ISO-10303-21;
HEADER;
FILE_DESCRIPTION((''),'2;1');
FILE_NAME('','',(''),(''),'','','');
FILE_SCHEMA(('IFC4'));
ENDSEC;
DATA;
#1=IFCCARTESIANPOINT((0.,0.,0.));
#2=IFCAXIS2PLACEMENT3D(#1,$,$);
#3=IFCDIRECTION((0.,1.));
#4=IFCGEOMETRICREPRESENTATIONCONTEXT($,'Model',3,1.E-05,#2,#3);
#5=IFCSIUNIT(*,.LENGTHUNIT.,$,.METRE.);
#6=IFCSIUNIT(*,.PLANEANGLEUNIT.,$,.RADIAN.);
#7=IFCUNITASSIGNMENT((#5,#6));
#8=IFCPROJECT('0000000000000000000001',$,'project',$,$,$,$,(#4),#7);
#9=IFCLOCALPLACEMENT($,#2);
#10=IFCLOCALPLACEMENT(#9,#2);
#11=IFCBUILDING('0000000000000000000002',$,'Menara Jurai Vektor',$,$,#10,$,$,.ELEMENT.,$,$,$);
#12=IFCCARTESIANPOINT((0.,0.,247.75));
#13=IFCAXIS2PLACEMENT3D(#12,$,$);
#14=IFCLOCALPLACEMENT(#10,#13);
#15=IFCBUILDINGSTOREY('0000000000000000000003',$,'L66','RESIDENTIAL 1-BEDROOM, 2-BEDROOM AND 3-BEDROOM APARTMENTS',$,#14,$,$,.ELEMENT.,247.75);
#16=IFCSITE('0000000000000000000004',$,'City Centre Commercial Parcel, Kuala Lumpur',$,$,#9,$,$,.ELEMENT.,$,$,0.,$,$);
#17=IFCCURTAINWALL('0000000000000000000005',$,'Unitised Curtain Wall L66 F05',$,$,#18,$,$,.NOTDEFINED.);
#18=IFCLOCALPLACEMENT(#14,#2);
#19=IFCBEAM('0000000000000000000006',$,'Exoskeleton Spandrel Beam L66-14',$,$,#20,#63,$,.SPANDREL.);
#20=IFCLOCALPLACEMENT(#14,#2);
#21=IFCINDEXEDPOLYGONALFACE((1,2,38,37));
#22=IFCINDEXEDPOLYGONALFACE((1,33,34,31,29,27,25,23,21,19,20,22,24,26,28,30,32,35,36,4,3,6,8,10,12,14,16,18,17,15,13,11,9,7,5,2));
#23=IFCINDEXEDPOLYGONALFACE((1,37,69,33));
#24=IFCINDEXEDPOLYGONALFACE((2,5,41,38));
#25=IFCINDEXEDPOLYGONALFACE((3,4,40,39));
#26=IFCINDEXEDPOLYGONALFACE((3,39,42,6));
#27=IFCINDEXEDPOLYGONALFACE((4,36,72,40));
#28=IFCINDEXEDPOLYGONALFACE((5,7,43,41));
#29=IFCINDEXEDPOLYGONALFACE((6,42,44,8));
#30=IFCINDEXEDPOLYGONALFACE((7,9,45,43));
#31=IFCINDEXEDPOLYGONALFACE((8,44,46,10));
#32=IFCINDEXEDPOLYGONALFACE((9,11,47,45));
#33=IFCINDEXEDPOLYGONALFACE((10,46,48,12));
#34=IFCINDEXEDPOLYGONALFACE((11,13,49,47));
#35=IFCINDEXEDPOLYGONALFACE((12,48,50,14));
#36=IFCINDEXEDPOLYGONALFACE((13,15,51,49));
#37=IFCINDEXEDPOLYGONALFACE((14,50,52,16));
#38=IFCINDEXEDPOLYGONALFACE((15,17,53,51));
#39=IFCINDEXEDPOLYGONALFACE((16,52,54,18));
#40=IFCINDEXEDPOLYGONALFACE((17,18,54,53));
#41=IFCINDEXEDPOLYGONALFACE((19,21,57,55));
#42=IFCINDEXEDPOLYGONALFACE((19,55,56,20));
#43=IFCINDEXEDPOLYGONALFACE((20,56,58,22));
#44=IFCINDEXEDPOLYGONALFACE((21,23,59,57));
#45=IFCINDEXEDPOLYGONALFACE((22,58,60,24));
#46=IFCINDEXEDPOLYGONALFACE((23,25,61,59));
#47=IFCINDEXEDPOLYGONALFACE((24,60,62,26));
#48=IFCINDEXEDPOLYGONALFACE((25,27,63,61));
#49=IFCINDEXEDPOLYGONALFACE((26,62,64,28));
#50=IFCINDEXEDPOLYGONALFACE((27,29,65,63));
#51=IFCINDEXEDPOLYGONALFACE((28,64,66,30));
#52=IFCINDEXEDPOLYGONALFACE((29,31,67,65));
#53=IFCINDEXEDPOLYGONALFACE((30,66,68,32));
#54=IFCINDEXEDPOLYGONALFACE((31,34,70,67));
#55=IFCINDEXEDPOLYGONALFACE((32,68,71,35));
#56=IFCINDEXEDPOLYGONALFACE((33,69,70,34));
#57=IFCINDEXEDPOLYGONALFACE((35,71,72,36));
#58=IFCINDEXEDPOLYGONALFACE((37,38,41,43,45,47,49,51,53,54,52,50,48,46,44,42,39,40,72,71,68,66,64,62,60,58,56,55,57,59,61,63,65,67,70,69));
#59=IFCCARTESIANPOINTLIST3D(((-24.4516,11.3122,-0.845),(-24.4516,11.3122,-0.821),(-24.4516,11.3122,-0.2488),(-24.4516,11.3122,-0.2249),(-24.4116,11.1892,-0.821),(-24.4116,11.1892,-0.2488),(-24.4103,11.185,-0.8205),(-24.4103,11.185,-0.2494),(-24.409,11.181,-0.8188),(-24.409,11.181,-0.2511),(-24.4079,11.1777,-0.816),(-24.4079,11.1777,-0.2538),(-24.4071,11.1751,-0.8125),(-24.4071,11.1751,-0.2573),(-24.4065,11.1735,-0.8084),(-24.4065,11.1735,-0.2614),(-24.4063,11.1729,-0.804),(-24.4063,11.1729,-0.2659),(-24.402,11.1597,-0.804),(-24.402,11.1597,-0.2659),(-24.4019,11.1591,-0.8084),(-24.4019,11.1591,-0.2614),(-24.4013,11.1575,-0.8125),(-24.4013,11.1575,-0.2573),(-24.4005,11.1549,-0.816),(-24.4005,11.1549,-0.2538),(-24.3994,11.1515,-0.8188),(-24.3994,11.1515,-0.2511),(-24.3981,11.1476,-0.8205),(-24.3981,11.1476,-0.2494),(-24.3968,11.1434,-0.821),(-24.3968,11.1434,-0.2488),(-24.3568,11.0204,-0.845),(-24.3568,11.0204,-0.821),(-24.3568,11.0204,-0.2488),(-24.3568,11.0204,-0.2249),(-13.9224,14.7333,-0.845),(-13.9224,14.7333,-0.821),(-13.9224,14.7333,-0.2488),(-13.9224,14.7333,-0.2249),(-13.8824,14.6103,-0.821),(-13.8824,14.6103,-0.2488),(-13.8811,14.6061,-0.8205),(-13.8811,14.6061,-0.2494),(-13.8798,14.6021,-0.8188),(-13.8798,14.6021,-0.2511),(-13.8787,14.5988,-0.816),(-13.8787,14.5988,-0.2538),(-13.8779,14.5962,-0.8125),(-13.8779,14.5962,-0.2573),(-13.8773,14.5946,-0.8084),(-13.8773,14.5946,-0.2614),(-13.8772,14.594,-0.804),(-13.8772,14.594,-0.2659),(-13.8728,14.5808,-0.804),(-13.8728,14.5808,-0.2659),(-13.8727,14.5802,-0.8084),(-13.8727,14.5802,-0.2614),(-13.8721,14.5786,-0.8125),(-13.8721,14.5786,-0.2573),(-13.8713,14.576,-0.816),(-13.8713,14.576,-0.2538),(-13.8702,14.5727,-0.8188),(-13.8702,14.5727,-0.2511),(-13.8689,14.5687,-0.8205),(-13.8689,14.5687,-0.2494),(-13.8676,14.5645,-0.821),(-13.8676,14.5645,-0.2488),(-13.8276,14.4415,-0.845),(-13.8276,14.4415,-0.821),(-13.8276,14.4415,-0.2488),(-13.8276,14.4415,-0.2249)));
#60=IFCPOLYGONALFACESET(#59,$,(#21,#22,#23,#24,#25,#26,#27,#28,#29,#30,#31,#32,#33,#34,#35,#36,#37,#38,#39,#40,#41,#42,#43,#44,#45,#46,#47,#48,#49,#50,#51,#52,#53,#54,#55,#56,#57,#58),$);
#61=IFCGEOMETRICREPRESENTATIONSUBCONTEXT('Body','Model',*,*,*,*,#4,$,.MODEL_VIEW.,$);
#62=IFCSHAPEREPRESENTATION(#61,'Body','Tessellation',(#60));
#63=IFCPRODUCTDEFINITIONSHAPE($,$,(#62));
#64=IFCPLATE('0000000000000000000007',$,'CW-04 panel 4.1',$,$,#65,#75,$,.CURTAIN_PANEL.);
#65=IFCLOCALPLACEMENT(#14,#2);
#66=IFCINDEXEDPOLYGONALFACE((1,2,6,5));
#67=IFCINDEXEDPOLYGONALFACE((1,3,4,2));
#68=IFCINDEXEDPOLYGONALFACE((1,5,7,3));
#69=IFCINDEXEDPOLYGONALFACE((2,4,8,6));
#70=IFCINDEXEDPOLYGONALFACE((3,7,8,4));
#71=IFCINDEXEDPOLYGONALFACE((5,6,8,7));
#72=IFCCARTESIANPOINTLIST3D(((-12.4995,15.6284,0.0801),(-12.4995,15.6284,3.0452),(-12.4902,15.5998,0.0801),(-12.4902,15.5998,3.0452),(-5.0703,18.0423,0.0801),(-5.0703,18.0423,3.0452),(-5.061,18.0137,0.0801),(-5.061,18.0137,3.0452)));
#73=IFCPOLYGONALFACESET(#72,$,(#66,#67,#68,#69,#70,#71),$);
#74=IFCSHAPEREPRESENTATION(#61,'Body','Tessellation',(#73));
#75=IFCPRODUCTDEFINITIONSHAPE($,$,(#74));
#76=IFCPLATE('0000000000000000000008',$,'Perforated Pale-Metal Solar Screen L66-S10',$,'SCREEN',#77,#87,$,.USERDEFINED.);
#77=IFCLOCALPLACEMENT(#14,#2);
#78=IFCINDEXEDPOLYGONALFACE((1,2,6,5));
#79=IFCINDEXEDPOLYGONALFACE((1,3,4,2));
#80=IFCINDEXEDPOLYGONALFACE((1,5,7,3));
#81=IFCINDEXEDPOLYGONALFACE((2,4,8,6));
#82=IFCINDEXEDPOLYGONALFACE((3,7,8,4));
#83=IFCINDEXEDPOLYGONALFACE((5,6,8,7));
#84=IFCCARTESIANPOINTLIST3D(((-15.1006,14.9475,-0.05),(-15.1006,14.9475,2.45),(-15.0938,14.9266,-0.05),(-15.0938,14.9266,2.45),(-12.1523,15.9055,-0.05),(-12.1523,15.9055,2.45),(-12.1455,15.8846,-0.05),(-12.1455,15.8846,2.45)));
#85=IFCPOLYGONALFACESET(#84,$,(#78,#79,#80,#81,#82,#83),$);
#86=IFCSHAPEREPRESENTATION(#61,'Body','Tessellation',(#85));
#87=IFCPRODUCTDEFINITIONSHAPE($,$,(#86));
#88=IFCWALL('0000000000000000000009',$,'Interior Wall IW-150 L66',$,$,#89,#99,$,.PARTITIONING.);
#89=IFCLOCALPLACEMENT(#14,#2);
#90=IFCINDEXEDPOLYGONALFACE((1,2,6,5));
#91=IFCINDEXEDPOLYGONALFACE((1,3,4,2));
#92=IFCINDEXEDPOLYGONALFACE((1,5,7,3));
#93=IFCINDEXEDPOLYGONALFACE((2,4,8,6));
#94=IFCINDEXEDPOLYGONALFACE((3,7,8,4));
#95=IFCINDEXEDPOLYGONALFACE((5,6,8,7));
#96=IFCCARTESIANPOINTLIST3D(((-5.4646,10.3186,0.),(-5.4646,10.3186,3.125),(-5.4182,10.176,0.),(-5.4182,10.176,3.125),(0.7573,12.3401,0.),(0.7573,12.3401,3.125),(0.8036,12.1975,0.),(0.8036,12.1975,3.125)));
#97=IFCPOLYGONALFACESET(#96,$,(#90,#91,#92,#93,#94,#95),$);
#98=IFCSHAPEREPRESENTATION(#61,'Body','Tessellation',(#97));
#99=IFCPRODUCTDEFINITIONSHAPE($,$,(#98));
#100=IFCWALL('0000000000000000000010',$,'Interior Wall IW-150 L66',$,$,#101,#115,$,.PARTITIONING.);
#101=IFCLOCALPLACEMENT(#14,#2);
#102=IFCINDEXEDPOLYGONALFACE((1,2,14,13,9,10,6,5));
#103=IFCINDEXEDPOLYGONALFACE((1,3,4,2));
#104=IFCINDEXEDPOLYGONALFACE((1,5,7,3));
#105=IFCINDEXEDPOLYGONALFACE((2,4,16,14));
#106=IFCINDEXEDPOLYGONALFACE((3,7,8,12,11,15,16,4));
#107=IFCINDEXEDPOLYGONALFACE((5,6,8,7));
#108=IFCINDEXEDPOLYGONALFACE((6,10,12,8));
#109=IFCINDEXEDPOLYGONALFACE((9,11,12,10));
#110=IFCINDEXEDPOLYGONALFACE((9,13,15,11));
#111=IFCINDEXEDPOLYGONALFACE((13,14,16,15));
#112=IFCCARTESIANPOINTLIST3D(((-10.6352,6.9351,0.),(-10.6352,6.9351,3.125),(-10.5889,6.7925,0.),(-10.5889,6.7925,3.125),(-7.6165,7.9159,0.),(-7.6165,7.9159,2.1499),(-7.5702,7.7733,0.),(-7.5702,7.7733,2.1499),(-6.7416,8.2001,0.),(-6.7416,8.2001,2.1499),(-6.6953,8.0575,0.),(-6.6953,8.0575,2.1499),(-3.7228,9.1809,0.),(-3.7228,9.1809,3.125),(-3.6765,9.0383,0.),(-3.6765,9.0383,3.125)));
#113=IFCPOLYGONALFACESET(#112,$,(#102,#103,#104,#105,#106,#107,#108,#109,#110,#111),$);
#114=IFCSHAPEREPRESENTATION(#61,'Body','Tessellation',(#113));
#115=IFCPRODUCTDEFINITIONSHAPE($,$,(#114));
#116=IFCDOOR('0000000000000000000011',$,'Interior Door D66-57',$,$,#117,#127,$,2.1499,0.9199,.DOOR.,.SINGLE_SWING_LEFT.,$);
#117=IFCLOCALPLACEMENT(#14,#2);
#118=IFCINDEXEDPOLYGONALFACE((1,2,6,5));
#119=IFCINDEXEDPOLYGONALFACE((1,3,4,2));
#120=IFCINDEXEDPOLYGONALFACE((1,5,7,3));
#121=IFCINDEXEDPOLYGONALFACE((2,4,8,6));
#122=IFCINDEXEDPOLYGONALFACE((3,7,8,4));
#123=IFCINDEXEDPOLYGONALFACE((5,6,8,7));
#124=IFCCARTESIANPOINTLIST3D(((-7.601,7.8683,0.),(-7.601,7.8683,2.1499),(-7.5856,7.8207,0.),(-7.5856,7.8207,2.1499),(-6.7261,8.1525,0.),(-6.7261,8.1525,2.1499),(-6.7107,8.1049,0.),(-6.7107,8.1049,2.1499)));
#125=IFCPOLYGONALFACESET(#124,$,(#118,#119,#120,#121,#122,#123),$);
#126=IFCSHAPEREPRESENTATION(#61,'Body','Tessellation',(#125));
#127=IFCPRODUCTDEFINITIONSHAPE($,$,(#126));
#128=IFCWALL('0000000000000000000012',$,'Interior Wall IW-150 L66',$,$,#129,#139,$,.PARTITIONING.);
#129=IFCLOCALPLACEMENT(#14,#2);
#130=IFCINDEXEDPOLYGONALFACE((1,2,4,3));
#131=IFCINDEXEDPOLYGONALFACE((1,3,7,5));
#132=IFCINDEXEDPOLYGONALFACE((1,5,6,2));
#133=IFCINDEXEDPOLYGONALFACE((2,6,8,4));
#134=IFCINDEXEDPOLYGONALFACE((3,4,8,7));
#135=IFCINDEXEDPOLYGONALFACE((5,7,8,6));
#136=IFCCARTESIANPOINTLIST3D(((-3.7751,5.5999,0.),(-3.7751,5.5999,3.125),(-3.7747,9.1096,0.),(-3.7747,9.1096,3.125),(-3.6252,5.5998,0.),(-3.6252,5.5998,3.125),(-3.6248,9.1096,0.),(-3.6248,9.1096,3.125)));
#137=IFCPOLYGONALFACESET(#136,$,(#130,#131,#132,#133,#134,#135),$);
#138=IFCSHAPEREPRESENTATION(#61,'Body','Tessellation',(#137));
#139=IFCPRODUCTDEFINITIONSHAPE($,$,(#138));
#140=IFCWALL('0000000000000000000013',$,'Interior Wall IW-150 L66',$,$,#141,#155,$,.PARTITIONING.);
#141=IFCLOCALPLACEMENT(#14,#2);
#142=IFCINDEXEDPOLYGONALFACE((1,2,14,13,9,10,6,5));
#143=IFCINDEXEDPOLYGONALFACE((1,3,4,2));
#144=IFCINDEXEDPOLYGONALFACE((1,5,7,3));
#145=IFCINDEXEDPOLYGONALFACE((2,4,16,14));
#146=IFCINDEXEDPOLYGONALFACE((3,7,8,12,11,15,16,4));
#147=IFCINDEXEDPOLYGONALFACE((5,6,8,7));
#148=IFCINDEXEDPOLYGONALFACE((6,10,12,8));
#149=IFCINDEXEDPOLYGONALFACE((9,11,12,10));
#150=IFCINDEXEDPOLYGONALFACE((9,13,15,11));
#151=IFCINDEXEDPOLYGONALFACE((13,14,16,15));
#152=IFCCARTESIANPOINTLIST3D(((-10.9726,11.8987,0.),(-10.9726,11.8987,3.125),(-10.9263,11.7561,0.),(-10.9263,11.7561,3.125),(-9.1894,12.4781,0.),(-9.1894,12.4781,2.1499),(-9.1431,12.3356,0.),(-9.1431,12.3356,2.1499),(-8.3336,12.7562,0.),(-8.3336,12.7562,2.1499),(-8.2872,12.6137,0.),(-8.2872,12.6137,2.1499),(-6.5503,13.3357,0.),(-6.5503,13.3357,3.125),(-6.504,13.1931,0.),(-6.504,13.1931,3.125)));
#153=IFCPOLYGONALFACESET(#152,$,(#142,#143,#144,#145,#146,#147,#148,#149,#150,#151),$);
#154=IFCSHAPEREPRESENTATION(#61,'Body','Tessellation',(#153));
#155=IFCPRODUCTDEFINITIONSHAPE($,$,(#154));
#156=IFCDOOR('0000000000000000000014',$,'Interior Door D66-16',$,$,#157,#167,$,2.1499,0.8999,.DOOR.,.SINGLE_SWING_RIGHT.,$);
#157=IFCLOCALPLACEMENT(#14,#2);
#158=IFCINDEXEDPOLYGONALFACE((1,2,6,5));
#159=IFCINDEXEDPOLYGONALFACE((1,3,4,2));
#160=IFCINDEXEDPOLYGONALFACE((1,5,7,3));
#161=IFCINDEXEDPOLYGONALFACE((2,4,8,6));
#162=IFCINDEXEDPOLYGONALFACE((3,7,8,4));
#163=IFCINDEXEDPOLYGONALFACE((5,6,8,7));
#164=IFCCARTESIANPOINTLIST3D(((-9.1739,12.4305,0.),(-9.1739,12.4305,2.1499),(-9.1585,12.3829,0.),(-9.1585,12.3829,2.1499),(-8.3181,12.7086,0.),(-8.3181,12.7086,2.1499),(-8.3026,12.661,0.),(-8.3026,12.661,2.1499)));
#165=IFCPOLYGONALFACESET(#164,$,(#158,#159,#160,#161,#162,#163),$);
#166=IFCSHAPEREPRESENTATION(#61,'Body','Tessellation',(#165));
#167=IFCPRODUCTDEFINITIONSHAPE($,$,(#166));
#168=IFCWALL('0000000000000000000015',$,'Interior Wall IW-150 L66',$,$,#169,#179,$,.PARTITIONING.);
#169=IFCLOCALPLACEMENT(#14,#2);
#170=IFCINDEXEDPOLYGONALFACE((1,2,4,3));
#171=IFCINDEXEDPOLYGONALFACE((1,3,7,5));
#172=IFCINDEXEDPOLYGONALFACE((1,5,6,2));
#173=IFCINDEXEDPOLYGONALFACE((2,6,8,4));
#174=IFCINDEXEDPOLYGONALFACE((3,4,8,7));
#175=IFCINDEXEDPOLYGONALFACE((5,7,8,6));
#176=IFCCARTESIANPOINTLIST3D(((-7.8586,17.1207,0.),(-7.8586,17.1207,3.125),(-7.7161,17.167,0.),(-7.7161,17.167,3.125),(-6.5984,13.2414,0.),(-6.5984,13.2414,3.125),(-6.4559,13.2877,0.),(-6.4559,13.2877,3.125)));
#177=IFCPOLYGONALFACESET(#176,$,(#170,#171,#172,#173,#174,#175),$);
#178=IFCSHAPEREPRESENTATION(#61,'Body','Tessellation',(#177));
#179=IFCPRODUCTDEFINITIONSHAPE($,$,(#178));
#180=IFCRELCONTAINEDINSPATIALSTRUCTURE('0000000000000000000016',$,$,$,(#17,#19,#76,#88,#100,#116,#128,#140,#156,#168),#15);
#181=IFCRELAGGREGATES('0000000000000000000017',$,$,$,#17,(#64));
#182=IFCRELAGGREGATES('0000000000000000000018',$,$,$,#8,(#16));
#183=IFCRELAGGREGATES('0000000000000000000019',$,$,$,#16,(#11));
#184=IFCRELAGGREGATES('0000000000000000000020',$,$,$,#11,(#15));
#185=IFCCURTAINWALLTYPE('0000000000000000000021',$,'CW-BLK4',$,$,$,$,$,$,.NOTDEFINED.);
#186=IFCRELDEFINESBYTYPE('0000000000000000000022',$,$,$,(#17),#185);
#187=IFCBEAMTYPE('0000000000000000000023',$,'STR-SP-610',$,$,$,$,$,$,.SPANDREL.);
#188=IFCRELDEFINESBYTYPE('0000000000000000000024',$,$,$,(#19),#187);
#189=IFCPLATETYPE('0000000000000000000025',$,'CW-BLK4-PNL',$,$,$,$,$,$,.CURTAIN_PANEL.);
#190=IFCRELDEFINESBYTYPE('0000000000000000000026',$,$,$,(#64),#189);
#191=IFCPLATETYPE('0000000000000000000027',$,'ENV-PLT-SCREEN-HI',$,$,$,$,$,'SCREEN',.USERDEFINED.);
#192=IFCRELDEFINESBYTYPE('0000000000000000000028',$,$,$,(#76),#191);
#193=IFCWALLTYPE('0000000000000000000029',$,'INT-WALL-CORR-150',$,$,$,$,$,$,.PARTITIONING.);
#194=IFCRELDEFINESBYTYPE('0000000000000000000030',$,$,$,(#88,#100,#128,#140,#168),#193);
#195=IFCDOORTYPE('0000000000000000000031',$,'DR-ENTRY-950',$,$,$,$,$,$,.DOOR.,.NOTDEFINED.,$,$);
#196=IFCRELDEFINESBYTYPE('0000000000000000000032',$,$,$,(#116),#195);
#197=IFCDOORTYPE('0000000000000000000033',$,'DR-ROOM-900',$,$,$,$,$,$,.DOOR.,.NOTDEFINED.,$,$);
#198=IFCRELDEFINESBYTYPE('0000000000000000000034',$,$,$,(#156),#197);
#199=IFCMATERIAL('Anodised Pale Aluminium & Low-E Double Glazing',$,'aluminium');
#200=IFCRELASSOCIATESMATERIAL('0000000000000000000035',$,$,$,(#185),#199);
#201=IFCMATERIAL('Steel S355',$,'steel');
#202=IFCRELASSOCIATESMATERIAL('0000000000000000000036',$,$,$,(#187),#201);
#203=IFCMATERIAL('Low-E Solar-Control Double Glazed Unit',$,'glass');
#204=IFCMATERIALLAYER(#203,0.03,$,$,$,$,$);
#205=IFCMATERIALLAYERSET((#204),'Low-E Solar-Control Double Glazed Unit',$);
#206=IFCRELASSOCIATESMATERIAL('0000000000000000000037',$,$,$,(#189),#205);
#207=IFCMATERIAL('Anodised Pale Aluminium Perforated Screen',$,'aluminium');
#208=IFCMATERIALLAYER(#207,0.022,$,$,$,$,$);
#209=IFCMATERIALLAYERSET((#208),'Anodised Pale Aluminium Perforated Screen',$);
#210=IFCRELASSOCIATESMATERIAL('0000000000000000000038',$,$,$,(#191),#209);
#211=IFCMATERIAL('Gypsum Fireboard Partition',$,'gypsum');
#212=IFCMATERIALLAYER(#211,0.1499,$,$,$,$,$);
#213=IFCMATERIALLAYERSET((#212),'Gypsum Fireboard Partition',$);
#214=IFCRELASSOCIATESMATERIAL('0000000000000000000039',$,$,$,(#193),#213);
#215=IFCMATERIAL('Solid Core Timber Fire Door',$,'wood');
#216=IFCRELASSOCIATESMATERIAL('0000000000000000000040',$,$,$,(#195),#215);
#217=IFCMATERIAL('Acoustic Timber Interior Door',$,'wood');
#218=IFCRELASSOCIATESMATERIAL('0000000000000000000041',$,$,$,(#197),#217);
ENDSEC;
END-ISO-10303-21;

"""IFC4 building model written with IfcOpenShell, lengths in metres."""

from ifc_helpers import new_model, si_unit, direction, frame, frame_2d, origin, origin_2d, place, context, subcontext, project, spatial, rectangle, i_section, extrude, material, layer, layer_set, material_profile, profile_set, type_object, element, fill, aggregate, save


model = new_model("IFC4")

# Units and contexts
model_context = context("Model", 3, precision=1e-05, world=origin(), true_north=direction((0.0, 1.0)))
body_context = subcontext(model_context, "Body", "Model", "MODEL_VIEW")
ifc_project = project(units=[si_unit("LENGTHUNIT", "METRE"), si_unit("PLANEANGLEUNIT", "RADIAN")], contexts=[model_context])

# Site, building, storey
site_placement = place(None, origin())
site = spatial("IfcSite", under=ifc_project, at=site_placement, Name="City Centre Commercial Parcel, Kuala Lumpur", CompositionType="ELEMENT", RefElevation=0.0)
building_placement = place(site_placement, origin())
building = spatial("IfcBuilding", under=site, at=building_placement, Name="Menara Jurai Vektor", CompositionType="ELEMENT")
storey_placement = place(building_placement, frame((0.0, 0.0, 247.75)))
storey = spatial("IfcBuildingStorey", under=building, at=storey_placement, Name="L66", Description="RESIDENTIAL 1-BEDROOM, 2-BEDROOM AND 3-BEDROOM APARTMENTS", CompositionType="ELEMENT", Elevation=247.75)

# Curtain wall
ifc_material_1 = material(Name="Anodised Pale Aluminium & Low-E Double Glazing", Category="aluminium")
curtain_wall_type = type_object("IfcCurtainWallType", Name="CW-BLK4", PredefinedType="NOTDEFINED", material=ifc_material_1)
curtain_wall_placement = place(storey_placement, origin())
curtain_wall = element("IfcCurtainWall", 1, at=curtain_wall_placement, inside=storey, type_object=curtain_wall_type, Name="Unitised Curtain Wall L66 F05", PredefinedType="NOTDEFINED")

# Beam
ifc_material_2 = material(Name="Steel S355", Category="steel")
ifc_material_profile_1 = material_profile(ifc_material_2, i_section(OverallWidth=0.3069, OverallDepth=0.6201, WebThickness=0.0139, FlangeThickness=0.0239, FilletRadius=0.0171, at=origin_2d()), Name="UKB 610x305x179")
ifc_profile_set_1 = profile_set([ifc_material_profile_1], Name="Steel S355")
beam_type_1 = type_object("IfcBeamType", Name="STR-SP-610", PredefinedType="SPANDREL", material=ifc_profile_set_1)
for number, where, z_axis, x_axis, name in (
    (2, (-13.875, 14.5874, -0.5349), (-0.951057, -0.309014, 0.0), (0.309014, -0.951057, 0.0), "Exoskeleton Spandrel Beam L66-14"),
):
    element("IfcBeam", number, at=place(storey_placement, frame(where, z_axis=z_axis, x_axis=x_axis)), inside=storey, type_object=beam_type_1, Name=name, PredefinedType="SPANDREL", context=body_context, shape_type="SweptSolid", body=[
        extrude(i_section(OverallWidth=0.3069, OverallDepth=0.6201, WebThickness=0.0139, FlangeThickness=0.0239, FilletRadius=0.0171, at=origin_2d()), origin(), (0.0, 0.0, 1.0), 11.071),
    ])

# Plates
ifc_material_3 = material(Name="Low-E Solar-Control Double Glazed Unit", Category="glass")
ifc_layer_1 = layer(ifc_material_3, 0.03)
ifc_layer_set_1 = layer_set([ifc_layer_1], Name="Low-E Solar-Control Double Glazed Unit")
plate_type_1 = type_object("IfcPlateType", Name="CW-BLK4-PNL", PredefinedType="CURTAIN_PANEL", material=ifc_layer_set_1)
plate_1_placement = place(storey_placement, frame((-8.7803, 16.821, 0.0801), z_axis=(0.0, 0.0, 1.0), x_axis=(-0.951056, -0.309017, 0.0)))
plate_1 = element("IfcPlate", 3, at=plate_1_placement, type_object=plate_type_1, Name="CW-04 panel 4.1", PredefinedType="CURTAIN_PANEL", context=body_context, shape_type="SweptSolid", body=[
    extrude(rectangle(XDim=7.8115, YDim=0.03, at=origin_2d()), origin(), (0.0, 0.0, 1.0), 2.9651),
])
aggregate(curtain_wall, [plate_1])
ifc_material_4 = material(Name="Anodised Pale Aluminium Perforated Screen", Category="aluminium")
ifc_layer_2 = layer(ifc_material_4, 0.022)
ifc_layer_set_2 = layer_set([ifc_layer_2], Name="Anodised Pale Aluminium Perforated Screen")
plate_type_2 = type_object("IfcPlateType", Name="ENV-PLT-SCREEN-HI", ElementType="SCREEN", PredefinedType="USERDEFINED", material=ifc_layer_set_2)
plate_2_placement = place(storey_placement, frame((-13.623, 15.416, -0.05), z_axis=(0.0, 0.0, 1.0), x_axis=(-0.951057, -0.309017, 0.0)))
element("IfcPlate", 4, at=plate_2_placement, inside=storey, type_object=plate_type_2, Name="Perforated Pale-Metal Solar Screen L66-S10", ObjectType="SCREEN", PredefinedType="USERDEFINED", context=body_context, shape_type="SweptSolid", body=[
    extrude(rectangle(XDim=3.1001, YDim=0.022, at=origin_2d()), origin(), (0.0, 0.0, 1.0), 2.5),
])

# Wall
ifc_material_5 = material(Name="Gypsum Fireboard Partition", Category="gypsum")
ifc_layer_3 = layer(ifc_material_5, 0.1499)
ifc_layer_set_3 = layer_set([ifc_layer_3], Name="Gypsum Fireboard Partition")
wall_type_1 = type_object("IfcWallType", Name="INT-WALL-CORR-150", PredefinedType="PARTITIONING", material=ifc_layer_set_3)
wall_1_placement = place(storey_placement, frame((-5.4414, 10.2473, 0.0), z_axis=(0.0, 0.0, 1.0), x_axis=(0.951063, 0.308997, 0.0)))
element("IfcWall", 5, at=wall_1_placement, inside=storey, type_object=wall_type_1, Name="Interior Wall IW-150 L66", PredefinedType="PARTITIONING", context=body_context, shape_type="SweptSolid", body=[
    extrude(rectangle(XDim=6.542, YDim=0.1499, at=frame_2d((3.271, 0.0))), origin(), (0.0, 0.0, 1.0), 3.125),
])

# Wall, opening, door
wall_2_placement = place(storey_placement, frame((-10.6121, 6.8638, 0.0), z_axis=(0.0, 0.0, 1.0), x_axis=(0.951061, 0.309003, 0.0)))
wall_2 = element("IfcWall", 6, at=wall_2_placement, inside=storey, type_object=wall_type_1, Name="Interior Wall IW-150 L66", PredefinedType="PARTITIONING", context=body_context, shape_type="SweptSolid", body=[
    extrude(rectangle(XDim=7.2681, YDim=0.1499, at=frame_2d((3.634, 0.0))), origin(), (0.0, 0.0, 1.0), 3.125),
])
opening_1_placement = place(wall_2_placement, frame((3.1741, 0.0, 0.0)))
opening_1 = element("IfcOpeningElement", 7, at=opening_1_placement, cuts=wall_2, PredefinedType="OPENING", context=body_context, shape_type="SweptSolid", body=[
    extrude(rectangle(XDim=0.9199, YDim=2.1499, at=frame_2d((0.46, 1.075))), frame((0.0, 0.085, 0.0), z_axis=(0.0, -1.0, 0.0), x_axis=(1.0, 0.0, 0.0)), (0.0, 0.0, 1.0), 0.1699),
])
ifc_material_6 = material(Name="Solid Core Timber Fire Door", Category="wood")
door_type_1 = type_object("IfcDoorType", Name="DR-ENTRY-950", OperationType="NOTDEFINED", PredefinedType="DOOR", material=ifc_material_6)
door_1_placement = place(opening_1_placement, origin())
door_1 = element("IfcDoor", 8, at=door_1_placement, inside=storey, type_object=door_type_1, Name="Interior Door D66-57", OperationType="SINGLE_SWING_LEFT", OverallHeight=2.1499, OverallWidth=0.9199, PredefinedType="DOOR", context=body_context, shape_type="SweptSolid", body=[
    extrude(rectangle(XDim=0.9199, YDim=2.1499, at=frame_2d((0.46, 1.075))), frame((0.0, 0.0249, 0.0), z_axis=(0.0, -1.0, 0.0), x_axis=(1.0, 0.0, 0.0)), (0.0, 0.0, 1.0), 0.05),
])
fill(opening_1, door_1)

# Wall
wall_3_placement = place(storey_placement, frame((-3.7002, 5.5999, 0.0), z_axis=(0.0, 0.0, 1.0), x_axis=(0.000139, 1.0, 0.0)))
element("IfcWall", 9, at=wall_3_placement, inside=storey, type_object=wall_type_1, Name="Interior Wall IW-150 L66", PredefinedType="PARTITIONING", context=body_context, shape_type="SweptSolid", body=[
    extrude(rectangle(XDim=3.5098, YDim=0.1499, at=frame_2d((1.7549, 0.0))), origin(), (0.0, 0.0, 1.0), 3.125),
])

# Wall, opening, door
wall_4_placement = place(storey_placement, frame((-10.9495, 11.8274, 0.0), z_axis=(0.0, 0.0, 1.0), x_axis=(0.95105, 0.309036, 0.0)))
wall_4 = element("IfcWall", 10, at=wall_4_placement, inside=storey, type_object=wall_type_1, Name="Interior Wall IW-150 L66", PredefinedType="PARTITIONING", context=body_context, shape_type="SweptSolid", body=[
    extrude(rectangle(XDim=4.6499, YDim=0.1499, at=frame_2d((2.325, 0.0))), origin(), (0.0, 0.0, 1.0), 3.125),
])
opening_2_placement = place(wall_4_placement, frame((1.875, 0.0, 0.0)))
opening_2 = element("IfcOpeningElement", 11, at=opening_2_placement, cuts=wall_4, PredefinedType="OPENING", context=body_context, shape_type="SweptSolid", body=[
    extrude(rectangle(XDim=0.8999, YDim=2.1499, at=frame_2d((0.45, 1.075))), frame((0.0, 0.085, 0.0), z_axis=(0.0, -1.0, 0.0), x_axis=(1.0, 0.0, 0.0)), (0.0, 0.0, 1.0), 0.1699),
])
ifc_material_7 = material(Name="Acoustic Timber Interior Door", Category="wood")
door_type_2 = type_object("IfcDoorType", Name="DR-ROOM-900", OperationType="NOTDEFINED", PredefinedType="DOOR", material=ifc_material_7)
door_2_placement = place(opening_2_placement, origin())
door_2 = element("IfcDoor", 12, at=door_2_placement, inside=storey, type_object=door_type_2, Name="Interior Door D66-16", OperationType="SINGLE_SWING_RIGHT", OverallHeight=2.1499, OverallWidth=0.8999, PredefinedType="DOOR", context=body_context, shape_type="SweptSolid", body=[
    extrude(rectangle(XDim=0.8999, YDim=2.1499, at=frame_2d((0.45, 1.075))), frame((0.0, 0.0249, 0.0), z_axis=(0.0, -1.0, 0.0), x_axis=(1.0, 0.0, 0.0)), (0.0, 0.0, 1.0), 0.05),
])
fill(opening_2, door_2)

# Wall
wall_5_placement = place(storey_placement, frame((-6.5271, 13.2644, 0.0), z_axis=(0.0, 0.0, 1.0), x_axis=(-0.308964, 0.951074, 0.0)))
element("IfcWall", 13, at=wall_5_placement, inside=storey, type_object=wall_type_1, Name="Interior Wall IW-150 L66", PredefinedType="PARTITIONING", context=body_context, shape_type="SweptSolid", body=[
    extrude(rectangle(XDim=4.0789, YDim=0.1499, at=frame_2d((2.0396, 0.0))), origin(), (0.0, 0.0, 1.0), 3.125),
])

save(model, "model.ifc")
